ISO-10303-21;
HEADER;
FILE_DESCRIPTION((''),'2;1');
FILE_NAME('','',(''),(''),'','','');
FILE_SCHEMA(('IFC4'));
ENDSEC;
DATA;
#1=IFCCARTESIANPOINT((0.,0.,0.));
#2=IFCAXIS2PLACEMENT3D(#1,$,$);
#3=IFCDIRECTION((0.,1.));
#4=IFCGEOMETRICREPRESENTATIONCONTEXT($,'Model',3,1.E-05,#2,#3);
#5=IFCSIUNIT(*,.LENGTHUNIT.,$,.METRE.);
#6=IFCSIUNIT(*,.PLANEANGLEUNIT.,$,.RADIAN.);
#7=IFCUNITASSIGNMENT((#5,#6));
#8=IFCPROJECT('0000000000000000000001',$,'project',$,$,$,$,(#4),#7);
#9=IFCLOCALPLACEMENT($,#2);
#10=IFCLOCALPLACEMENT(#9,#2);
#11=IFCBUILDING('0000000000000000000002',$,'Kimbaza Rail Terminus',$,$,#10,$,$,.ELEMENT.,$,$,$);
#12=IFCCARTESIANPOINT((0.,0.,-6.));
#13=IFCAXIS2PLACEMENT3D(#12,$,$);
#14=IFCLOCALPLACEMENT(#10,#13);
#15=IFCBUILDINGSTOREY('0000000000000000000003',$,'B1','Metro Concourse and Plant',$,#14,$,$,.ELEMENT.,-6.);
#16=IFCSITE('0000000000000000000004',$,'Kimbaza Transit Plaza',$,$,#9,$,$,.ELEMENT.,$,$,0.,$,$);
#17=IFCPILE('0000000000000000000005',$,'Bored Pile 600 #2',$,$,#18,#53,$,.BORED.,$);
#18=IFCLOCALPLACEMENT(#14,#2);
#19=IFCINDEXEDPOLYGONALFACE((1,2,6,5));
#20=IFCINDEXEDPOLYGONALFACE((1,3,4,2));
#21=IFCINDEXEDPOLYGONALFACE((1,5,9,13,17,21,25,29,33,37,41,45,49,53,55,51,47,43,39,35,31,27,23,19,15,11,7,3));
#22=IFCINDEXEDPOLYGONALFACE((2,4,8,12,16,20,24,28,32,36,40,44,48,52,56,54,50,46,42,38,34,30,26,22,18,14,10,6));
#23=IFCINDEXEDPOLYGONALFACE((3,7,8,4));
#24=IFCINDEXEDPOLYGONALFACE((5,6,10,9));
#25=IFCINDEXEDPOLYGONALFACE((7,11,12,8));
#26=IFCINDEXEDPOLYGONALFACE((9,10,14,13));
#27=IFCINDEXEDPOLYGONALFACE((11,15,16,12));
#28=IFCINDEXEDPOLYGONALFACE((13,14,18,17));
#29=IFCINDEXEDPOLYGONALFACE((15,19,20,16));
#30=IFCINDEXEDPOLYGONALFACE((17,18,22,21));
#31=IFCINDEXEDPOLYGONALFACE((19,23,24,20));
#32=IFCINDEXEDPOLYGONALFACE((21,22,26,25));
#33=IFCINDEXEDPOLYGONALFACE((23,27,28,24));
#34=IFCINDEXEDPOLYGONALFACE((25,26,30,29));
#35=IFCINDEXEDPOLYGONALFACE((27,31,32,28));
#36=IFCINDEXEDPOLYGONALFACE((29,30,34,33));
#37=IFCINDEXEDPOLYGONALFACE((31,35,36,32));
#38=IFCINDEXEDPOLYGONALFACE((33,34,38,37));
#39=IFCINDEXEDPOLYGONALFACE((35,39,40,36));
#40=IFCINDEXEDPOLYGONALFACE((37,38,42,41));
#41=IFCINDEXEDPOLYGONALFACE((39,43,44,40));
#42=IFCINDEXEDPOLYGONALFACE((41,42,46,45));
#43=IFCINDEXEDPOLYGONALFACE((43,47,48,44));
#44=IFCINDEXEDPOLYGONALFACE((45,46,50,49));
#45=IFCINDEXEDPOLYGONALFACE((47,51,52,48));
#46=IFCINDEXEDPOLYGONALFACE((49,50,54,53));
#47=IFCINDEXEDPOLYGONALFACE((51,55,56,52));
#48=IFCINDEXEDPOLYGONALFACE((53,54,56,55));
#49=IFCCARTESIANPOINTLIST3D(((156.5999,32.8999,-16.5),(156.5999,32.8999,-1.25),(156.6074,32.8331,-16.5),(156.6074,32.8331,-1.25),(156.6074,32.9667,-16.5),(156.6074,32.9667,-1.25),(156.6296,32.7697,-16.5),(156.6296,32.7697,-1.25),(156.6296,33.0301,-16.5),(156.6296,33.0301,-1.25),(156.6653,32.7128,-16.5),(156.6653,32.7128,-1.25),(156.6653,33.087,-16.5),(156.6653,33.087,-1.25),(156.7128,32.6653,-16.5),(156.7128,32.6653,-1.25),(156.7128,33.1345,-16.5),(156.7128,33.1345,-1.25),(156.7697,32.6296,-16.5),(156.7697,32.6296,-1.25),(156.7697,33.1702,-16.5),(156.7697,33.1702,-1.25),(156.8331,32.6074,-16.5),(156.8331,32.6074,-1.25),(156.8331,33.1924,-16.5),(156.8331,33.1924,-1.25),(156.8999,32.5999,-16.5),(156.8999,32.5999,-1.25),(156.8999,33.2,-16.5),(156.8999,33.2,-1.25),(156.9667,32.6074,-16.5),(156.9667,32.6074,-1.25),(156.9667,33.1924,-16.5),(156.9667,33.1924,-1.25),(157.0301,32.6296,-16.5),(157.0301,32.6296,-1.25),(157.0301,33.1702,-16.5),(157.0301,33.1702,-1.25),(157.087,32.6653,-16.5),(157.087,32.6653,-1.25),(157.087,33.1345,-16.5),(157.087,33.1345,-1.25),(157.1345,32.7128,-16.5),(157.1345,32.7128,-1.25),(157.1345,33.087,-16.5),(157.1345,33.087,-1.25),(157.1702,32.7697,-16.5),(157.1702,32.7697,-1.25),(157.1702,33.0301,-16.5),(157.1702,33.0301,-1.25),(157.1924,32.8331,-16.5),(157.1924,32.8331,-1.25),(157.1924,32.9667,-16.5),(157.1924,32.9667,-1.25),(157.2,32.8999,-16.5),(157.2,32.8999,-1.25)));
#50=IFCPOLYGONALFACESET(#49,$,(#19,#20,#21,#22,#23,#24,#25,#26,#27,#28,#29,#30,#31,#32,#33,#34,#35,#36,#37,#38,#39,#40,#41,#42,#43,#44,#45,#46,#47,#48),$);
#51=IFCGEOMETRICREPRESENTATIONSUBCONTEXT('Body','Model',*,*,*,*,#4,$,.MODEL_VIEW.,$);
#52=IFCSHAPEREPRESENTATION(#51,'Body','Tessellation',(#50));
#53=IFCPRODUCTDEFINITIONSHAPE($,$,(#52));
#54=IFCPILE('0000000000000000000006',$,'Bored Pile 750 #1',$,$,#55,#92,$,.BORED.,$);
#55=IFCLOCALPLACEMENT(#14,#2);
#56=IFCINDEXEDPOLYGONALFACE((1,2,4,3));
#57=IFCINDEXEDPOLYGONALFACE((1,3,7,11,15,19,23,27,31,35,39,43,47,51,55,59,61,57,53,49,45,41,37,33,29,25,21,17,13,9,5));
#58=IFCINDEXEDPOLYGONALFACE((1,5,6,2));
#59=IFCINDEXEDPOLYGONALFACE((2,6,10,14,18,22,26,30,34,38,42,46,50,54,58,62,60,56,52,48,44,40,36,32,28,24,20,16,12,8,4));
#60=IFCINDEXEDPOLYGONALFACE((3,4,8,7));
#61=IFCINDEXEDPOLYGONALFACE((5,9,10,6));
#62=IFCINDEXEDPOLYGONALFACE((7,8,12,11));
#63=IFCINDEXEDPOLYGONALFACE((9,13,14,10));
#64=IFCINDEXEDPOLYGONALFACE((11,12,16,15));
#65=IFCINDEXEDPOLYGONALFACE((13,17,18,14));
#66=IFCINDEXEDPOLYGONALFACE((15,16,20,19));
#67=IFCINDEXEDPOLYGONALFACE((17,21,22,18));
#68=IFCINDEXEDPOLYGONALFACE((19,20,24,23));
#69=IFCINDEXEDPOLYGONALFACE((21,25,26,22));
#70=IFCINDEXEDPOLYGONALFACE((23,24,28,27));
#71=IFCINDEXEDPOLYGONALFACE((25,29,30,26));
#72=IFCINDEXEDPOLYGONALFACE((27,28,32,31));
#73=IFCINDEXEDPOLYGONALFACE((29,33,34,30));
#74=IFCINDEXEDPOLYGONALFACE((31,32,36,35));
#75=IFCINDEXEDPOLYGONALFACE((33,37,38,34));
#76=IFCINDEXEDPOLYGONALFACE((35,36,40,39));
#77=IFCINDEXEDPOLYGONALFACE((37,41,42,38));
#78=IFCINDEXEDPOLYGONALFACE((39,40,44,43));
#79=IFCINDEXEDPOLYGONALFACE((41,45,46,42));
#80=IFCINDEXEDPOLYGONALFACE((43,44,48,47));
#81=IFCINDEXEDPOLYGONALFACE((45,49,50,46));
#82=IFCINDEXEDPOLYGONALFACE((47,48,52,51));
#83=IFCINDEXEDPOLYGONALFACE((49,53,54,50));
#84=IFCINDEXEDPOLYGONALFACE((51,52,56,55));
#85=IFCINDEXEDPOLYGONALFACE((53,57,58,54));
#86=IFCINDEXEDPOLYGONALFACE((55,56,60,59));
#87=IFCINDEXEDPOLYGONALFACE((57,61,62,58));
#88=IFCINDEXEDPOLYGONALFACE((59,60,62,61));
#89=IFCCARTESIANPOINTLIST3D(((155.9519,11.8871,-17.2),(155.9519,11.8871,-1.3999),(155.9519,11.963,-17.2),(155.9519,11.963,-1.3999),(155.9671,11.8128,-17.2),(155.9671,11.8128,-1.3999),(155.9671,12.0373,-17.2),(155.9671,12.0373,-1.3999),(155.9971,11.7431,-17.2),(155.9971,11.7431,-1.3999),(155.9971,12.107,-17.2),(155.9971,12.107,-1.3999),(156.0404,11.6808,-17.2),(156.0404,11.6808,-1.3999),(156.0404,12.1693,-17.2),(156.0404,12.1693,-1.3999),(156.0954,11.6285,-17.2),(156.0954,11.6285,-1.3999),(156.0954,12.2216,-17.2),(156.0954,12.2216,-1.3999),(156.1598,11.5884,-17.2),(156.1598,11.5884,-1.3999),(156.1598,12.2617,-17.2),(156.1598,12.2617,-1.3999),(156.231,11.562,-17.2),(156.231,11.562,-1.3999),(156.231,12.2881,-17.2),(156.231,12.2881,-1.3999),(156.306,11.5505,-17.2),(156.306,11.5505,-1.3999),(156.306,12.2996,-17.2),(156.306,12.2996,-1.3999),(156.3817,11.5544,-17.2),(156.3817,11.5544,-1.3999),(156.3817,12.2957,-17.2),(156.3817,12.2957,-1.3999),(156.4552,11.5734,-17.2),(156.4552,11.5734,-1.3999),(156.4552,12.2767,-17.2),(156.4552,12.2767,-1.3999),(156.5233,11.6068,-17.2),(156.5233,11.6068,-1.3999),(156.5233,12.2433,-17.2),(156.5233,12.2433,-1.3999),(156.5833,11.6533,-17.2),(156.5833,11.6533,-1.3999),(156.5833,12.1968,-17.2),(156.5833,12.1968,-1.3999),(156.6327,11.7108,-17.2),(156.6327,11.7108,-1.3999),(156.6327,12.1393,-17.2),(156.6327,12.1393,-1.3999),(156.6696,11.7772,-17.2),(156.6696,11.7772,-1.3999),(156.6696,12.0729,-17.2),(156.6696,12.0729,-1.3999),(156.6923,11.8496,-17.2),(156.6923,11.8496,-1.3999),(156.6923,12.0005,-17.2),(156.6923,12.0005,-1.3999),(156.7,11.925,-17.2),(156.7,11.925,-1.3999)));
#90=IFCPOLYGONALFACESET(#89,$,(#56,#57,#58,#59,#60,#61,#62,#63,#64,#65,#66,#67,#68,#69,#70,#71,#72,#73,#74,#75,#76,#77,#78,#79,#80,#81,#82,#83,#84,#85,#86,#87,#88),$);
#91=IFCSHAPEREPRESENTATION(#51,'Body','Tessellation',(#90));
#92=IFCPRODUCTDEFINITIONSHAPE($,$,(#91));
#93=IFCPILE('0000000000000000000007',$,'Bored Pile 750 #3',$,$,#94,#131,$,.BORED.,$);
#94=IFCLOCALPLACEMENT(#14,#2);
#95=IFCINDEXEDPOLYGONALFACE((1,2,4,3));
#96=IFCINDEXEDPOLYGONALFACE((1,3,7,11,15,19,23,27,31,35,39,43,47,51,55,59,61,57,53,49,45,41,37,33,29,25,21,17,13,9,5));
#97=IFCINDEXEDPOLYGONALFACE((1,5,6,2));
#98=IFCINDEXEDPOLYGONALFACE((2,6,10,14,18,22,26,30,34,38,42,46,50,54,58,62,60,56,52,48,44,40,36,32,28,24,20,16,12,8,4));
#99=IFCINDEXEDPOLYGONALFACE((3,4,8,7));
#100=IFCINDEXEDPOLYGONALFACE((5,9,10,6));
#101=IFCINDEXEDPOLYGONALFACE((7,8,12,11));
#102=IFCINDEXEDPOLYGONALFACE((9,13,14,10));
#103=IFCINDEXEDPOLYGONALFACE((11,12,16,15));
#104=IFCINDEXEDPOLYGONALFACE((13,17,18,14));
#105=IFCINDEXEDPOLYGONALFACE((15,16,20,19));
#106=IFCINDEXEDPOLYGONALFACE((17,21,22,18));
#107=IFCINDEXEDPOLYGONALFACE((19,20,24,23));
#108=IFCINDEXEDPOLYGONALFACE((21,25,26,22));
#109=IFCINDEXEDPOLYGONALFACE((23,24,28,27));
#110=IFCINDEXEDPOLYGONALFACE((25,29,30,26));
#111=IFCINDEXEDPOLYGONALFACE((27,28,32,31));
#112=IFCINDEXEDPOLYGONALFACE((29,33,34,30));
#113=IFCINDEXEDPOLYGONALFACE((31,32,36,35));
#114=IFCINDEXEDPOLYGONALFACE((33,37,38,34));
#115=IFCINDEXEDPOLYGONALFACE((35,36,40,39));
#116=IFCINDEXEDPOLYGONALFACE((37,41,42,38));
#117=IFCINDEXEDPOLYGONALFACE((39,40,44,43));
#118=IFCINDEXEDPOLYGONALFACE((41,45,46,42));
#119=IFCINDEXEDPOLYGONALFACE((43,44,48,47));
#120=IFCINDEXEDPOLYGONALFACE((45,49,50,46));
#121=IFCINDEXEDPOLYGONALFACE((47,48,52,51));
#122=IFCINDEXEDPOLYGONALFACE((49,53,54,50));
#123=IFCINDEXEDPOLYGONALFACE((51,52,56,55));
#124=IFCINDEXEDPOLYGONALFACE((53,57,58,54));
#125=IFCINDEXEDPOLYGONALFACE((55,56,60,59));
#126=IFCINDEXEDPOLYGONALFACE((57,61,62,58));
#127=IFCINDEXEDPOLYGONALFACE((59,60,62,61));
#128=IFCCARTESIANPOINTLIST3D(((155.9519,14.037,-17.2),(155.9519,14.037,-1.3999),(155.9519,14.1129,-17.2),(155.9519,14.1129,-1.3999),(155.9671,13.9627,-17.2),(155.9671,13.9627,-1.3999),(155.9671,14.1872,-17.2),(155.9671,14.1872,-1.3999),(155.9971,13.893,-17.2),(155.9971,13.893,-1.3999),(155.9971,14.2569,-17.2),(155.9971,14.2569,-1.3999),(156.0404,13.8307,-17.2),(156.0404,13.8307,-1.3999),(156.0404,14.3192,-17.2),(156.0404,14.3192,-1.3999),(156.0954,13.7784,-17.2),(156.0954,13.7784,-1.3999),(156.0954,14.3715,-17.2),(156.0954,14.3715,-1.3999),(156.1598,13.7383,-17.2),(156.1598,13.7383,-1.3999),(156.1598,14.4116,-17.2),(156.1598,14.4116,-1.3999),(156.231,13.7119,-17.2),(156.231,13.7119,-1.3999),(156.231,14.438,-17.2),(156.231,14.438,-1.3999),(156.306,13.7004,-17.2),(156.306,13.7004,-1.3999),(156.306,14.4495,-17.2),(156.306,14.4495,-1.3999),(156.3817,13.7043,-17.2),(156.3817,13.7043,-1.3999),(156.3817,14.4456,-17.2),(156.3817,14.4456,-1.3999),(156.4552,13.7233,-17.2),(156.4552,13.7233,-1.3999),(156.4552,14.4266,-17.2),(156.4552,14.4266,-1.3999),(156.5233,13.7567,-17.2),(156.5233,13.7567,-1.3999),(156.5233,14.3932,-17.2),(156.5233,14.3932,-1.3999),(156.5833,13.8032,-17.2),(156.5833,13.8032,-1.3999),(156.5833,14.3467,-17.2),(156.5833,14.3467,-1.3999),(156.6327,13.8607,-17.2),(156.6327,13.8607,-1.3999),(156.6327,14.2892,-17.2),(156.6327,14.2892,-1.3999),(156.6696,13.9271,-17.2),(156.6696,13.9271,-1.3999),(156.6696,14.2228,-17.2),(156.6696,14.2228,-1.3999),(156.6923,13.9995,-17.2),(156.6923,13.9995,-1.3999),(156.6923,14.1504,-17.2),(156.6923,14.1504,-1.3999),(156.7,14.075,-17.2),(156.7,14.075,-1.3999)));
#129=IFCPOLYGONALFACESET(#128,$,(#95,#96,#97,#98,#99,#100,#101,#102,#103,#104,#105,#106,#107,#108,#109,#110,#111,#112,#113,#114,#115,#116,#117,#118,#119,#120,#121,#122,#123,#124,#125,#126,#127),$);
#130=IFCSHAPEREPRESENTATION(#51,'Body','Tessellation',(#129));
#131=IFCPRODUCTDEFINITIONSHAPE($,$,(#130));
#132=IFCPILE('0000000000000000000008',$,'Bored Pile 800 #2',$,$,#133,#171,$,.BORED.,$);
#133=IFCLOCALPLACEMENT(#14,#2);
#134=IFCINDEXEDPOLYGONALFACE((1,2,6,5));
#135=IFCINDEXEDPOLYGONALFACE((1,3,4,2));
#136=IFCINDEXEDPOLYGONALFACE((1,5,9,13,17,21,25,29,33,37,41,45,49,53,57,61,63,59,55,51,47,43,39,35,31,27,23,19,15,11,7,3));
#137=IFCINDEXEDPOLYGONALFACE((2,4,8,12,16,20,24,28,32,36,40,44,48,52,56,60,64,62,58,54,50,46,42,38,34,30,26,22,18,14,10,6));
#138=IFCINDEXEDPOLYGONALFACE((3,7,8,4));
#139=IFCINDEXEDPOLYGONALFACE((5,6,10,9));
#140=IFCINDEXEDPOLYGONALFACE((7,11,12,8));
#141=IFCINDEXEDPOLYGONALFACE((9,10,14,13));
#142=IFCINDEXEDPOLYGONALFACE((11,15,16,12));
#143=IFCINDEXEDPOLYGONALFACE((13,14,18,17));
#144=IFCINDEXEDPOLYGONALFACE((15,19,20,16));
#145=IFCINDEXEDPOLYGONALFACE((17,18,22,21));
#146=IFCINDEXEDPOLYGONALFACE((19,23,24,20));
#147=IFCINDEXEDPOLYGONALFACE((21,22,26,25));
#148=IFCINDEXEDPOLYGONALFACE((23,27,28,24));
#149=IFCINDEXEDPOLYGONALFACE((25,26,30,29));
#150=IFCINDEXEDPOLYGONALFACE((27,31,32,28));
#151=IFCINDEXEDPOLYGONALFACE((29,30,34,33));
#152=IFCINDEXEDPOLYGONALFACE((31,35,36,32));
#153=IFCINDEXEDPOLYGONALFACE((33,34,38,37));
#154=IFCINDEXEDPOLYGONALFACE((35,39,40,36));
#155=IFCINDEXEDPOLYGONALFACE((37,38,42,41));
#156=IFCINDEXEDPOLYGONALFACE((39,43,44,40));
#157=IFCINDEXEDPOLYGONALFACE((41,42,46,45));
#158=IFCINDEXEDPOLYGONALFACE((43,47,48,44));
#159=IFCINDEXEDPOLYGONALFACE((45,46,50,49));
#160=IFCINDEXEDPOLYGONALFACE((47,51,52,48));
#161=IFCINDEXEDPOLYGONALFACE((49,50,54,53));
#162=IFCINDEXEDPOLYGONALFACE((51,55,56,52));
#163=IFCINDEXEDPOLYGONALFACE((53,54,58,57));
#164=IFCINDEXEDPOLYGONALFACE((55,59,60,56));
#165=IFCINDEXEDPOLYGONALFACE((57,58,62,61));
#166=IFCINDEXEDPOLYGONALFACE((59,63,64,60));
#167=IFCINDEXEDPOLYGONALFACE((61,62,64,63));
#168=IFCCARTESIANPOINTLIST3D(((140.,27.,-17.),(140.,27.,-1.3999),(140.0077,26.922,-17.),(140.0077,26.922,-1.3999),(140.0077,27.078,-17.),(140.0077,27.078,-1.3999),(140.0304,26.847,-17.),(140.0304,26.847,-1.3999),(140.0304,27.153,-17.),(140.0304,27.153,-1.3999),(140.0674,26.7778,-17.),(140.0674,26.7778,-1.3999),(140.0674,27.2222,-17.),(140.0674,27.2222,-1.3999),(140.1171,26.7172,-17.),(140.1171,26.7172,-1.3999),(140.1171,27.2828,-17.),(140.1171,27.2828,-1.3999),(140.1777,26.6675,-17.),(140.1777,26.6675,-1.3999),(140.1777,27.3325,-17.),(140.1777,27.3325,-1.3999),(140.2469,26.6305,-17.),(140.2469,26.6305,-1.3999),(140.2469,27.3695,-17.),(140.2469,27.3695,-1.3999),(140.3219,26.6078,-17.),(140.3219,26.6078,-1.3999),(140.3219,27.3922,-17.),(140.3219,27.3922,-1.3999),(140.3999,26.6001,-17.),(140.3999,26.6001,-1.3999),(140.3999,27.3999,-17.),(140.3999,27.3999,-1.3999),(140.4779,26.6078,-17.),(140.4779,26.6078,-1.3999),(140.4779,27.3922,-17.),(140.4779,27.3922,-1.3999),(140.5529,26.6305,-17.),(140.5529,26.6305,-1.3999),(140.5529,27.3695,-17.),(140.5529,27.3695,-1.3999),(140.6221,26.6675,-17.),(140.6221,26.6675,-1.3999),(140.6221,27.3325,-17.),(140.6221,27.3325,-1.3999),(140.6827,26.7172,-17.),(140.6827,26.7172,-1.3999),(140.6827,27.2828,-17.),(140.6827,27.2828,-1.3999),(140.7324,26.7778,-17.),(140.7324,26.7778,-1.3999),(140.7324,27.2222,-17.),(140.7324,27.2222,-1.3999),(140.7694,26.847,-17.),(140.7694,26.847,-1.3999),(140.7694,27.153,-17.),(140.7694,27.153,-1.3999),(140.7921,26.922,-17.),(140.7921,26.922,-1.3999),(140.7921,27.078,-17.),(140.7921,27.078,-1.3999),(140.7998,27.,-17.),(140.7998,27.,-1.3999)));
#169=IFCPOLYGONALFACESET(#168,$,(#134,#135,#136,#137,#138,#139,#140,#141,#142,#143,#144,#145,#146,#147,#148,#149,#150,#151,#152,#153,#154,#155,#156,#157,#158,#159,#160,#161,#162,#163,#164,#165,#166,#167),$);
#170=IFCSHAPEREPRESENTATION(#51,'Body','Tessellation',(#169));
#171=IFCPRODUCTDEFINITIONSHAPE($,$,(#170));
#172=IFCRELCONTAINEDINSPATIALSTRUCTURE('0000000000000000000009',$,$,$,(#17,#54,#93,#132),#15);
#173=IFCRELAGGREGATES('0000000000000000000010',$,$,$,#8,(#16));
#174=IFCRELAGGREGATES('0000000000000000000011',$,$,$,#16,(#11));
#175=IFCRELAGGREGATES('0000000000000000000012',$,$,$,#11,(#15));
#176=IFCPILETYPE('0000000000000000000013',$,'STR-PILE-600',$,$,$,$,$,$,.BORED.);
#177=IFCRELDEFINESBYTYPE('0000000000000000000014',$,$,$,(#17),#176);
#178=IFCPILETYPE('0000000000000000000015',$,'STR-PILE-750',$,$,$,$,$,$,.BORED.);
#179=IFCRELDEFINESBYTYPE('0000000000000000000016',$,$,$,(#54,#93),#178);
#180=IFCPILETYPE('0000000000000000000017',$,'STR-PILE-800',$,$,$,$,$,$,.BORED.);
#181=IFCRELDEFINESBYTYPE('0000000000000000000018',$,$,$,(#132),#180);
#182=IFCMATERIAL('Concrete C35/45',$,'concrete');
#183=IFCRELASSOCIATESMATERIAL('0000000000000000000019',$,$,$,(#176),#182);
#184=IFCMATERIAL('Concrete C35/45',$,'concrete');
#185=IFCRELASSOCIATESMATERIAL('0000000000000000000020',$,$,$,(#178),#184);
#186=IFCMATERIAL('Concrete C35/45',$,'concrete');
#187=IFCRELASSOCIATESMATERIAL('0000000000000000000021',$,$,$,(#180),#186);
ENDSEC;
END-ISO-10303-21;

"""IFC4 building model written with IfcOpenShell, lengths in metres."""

from ifc_helpers import new_model, si_unit, direction, frame, origin, origin_2d, place, context, subcontext, project, spatial, circle, extrude, material, material_profile, profile_set, type_object, element, save


model = new_model("IFC4")

# Units and contexts
model_context = context("Model", 3, precision=1e-05, world=origin(), true_north=direction((0.0, 1.0)))
body_context = subcontext(model_context, "Body", "Model", "MODEL_VIEW")
ifc_project = project(units=[si_unit("LENGTHUNIT", "METRE"), si_unit("PLANEANGLEUNIT", "RADIAN")], contexts=[model_context])

# Site, building, storey
site_placement = place(None, origin())
site = spatial("IfcSite", under=ifc_project, at=site_placement, Name="Kimbaza Transit Plaza", CompositionType="ELEMENT", RefElevation=0.0)
building_placement = place(site_placement, origin())
building = spatial("IfcBuilding", under=site, at=building_placement, Name="Kimbaza Rail Terminus", CompositionType="ELEMENT")
storey_placement = place(building_placement, frame((0.0, 0.0, -6.0)))
storey = spatial("IfcBuildingStorey", under=building, at=storey_placement, Name="B1", Description="Metro Concourse and Plant", CompositionType="ELEMENT", Elevation=-6.0)

# Piles
ifc_material_1 = material(Name="Concrete C35/45", Category="concrete")
ifc_material_profile_1 = material_profile(ifc_material_1, circle(Radius=0.3, at=origin_2d()), Name="BORED PILE 600")
ifc_profile_set_1 = profile_set([ifc_material_profile_1], Name="Concrete C35/45")
pile_type_1 = type_object("IfcPileType", Name="STR-PILE-600", PredefinedType="BORED", material=ifc_profile_set_1)
for number, where, z_axis, x_axis, name in (
    (1, (156.8999, 32.8999, -1.25), (0.0, 0.0, -1.0), (1.0, 0.0, 0.0), "Bored Pile 600 #2"),
):
    element("IfcPile", number, at=place(storey_placement, frame(where, z_axis=z_axis, x_axis=x_axis)), inside=storey, type_object=pile_type_1, Name=name, PredefinedType="BORED", context=body_context, shape_type="SweptSolid", body=[
        extrude(circle(Radius=0.3, at=origin_2d()), origin(), (0.0, 0.0, 1.0), 15.25),
    ])
ifc_material_2 = material(Name="Concrete C35/45", Category="concrete")
ifc_material_profile_2 = material_profile(ifc_material_2, circle(Radius=0.375, at=origin_2d()), Name="BORED PILE 750")
ifc_profile_set_2 = profile_set([ifc_material_profile_2], Name="Concrete C35/45")
pile_type_2 = type_object("IfcPileType", Name="STR-PILE-750", PredefinedType="BORED", material=ifc_profile_set_2)
for number, where, z_axis, x_axis, name in (
    (2, (156.325, 11.925, -1.3999), (0.0, 0.0, -1.0), (1.0, 0.0, 0.0), "Bored Pile 750 #1"),
    (3, (156.325, 14.075, -1.3999), (0.0, 0.0, -1.0), (1.0, 0.0, 0.0), "Bored Pile 750 #3"),
):
    element("IfcPile", number, at=place(storey_placement, frame(where, z_axis=z_axis, x_axis=x_axis)), inside=storey, type_object=pile_type_2, Name=name, PredefinedType="BORED", context=body_context, shape_type="SweptSolid", body=[
        extrude(circle(Radius=0.375, at=origin_2d()), origin(), (0.0, 0.0, 1.0), 15.8),
    ])
ifc_material_3 = material(Name="Concrete C35/45", Category="concrete")
ifc_material_profile_3 = material_profile(ifc_material_3, circle(Radius=0.3999, at=origin_2d()), Name="BORED PILE 800")
ifc_profile_set_3 = profile_set([ifc_material_profile_3], Name="Concrete C35/45")
pile_type_3 = type_object("IfcPileType", Name="STR-PILE-800", PredefinedType="BORED", material=ifc_profile_set_3)
pile_placement = place(storey_placement, frame((140.3999, 27.0, -1.3999), z_axis=(0.0, 0.0, -1.0), x_axis=(1.0, 0.0, 0.0)))
element("IfcPile", 4, at=pile_placement, inside=storey, type_object=pile_type_3, Name="Bored Pile 800 #2", PredefinedType="BORED", context=body_context, shape_type="SweptSolid", body=[
    extrude(circle(Radius=0.3999, at=origin_2d()), origin(), (0.0, 0.0, 1.0), 15.6001),
])

save(model, "model.ifc")
